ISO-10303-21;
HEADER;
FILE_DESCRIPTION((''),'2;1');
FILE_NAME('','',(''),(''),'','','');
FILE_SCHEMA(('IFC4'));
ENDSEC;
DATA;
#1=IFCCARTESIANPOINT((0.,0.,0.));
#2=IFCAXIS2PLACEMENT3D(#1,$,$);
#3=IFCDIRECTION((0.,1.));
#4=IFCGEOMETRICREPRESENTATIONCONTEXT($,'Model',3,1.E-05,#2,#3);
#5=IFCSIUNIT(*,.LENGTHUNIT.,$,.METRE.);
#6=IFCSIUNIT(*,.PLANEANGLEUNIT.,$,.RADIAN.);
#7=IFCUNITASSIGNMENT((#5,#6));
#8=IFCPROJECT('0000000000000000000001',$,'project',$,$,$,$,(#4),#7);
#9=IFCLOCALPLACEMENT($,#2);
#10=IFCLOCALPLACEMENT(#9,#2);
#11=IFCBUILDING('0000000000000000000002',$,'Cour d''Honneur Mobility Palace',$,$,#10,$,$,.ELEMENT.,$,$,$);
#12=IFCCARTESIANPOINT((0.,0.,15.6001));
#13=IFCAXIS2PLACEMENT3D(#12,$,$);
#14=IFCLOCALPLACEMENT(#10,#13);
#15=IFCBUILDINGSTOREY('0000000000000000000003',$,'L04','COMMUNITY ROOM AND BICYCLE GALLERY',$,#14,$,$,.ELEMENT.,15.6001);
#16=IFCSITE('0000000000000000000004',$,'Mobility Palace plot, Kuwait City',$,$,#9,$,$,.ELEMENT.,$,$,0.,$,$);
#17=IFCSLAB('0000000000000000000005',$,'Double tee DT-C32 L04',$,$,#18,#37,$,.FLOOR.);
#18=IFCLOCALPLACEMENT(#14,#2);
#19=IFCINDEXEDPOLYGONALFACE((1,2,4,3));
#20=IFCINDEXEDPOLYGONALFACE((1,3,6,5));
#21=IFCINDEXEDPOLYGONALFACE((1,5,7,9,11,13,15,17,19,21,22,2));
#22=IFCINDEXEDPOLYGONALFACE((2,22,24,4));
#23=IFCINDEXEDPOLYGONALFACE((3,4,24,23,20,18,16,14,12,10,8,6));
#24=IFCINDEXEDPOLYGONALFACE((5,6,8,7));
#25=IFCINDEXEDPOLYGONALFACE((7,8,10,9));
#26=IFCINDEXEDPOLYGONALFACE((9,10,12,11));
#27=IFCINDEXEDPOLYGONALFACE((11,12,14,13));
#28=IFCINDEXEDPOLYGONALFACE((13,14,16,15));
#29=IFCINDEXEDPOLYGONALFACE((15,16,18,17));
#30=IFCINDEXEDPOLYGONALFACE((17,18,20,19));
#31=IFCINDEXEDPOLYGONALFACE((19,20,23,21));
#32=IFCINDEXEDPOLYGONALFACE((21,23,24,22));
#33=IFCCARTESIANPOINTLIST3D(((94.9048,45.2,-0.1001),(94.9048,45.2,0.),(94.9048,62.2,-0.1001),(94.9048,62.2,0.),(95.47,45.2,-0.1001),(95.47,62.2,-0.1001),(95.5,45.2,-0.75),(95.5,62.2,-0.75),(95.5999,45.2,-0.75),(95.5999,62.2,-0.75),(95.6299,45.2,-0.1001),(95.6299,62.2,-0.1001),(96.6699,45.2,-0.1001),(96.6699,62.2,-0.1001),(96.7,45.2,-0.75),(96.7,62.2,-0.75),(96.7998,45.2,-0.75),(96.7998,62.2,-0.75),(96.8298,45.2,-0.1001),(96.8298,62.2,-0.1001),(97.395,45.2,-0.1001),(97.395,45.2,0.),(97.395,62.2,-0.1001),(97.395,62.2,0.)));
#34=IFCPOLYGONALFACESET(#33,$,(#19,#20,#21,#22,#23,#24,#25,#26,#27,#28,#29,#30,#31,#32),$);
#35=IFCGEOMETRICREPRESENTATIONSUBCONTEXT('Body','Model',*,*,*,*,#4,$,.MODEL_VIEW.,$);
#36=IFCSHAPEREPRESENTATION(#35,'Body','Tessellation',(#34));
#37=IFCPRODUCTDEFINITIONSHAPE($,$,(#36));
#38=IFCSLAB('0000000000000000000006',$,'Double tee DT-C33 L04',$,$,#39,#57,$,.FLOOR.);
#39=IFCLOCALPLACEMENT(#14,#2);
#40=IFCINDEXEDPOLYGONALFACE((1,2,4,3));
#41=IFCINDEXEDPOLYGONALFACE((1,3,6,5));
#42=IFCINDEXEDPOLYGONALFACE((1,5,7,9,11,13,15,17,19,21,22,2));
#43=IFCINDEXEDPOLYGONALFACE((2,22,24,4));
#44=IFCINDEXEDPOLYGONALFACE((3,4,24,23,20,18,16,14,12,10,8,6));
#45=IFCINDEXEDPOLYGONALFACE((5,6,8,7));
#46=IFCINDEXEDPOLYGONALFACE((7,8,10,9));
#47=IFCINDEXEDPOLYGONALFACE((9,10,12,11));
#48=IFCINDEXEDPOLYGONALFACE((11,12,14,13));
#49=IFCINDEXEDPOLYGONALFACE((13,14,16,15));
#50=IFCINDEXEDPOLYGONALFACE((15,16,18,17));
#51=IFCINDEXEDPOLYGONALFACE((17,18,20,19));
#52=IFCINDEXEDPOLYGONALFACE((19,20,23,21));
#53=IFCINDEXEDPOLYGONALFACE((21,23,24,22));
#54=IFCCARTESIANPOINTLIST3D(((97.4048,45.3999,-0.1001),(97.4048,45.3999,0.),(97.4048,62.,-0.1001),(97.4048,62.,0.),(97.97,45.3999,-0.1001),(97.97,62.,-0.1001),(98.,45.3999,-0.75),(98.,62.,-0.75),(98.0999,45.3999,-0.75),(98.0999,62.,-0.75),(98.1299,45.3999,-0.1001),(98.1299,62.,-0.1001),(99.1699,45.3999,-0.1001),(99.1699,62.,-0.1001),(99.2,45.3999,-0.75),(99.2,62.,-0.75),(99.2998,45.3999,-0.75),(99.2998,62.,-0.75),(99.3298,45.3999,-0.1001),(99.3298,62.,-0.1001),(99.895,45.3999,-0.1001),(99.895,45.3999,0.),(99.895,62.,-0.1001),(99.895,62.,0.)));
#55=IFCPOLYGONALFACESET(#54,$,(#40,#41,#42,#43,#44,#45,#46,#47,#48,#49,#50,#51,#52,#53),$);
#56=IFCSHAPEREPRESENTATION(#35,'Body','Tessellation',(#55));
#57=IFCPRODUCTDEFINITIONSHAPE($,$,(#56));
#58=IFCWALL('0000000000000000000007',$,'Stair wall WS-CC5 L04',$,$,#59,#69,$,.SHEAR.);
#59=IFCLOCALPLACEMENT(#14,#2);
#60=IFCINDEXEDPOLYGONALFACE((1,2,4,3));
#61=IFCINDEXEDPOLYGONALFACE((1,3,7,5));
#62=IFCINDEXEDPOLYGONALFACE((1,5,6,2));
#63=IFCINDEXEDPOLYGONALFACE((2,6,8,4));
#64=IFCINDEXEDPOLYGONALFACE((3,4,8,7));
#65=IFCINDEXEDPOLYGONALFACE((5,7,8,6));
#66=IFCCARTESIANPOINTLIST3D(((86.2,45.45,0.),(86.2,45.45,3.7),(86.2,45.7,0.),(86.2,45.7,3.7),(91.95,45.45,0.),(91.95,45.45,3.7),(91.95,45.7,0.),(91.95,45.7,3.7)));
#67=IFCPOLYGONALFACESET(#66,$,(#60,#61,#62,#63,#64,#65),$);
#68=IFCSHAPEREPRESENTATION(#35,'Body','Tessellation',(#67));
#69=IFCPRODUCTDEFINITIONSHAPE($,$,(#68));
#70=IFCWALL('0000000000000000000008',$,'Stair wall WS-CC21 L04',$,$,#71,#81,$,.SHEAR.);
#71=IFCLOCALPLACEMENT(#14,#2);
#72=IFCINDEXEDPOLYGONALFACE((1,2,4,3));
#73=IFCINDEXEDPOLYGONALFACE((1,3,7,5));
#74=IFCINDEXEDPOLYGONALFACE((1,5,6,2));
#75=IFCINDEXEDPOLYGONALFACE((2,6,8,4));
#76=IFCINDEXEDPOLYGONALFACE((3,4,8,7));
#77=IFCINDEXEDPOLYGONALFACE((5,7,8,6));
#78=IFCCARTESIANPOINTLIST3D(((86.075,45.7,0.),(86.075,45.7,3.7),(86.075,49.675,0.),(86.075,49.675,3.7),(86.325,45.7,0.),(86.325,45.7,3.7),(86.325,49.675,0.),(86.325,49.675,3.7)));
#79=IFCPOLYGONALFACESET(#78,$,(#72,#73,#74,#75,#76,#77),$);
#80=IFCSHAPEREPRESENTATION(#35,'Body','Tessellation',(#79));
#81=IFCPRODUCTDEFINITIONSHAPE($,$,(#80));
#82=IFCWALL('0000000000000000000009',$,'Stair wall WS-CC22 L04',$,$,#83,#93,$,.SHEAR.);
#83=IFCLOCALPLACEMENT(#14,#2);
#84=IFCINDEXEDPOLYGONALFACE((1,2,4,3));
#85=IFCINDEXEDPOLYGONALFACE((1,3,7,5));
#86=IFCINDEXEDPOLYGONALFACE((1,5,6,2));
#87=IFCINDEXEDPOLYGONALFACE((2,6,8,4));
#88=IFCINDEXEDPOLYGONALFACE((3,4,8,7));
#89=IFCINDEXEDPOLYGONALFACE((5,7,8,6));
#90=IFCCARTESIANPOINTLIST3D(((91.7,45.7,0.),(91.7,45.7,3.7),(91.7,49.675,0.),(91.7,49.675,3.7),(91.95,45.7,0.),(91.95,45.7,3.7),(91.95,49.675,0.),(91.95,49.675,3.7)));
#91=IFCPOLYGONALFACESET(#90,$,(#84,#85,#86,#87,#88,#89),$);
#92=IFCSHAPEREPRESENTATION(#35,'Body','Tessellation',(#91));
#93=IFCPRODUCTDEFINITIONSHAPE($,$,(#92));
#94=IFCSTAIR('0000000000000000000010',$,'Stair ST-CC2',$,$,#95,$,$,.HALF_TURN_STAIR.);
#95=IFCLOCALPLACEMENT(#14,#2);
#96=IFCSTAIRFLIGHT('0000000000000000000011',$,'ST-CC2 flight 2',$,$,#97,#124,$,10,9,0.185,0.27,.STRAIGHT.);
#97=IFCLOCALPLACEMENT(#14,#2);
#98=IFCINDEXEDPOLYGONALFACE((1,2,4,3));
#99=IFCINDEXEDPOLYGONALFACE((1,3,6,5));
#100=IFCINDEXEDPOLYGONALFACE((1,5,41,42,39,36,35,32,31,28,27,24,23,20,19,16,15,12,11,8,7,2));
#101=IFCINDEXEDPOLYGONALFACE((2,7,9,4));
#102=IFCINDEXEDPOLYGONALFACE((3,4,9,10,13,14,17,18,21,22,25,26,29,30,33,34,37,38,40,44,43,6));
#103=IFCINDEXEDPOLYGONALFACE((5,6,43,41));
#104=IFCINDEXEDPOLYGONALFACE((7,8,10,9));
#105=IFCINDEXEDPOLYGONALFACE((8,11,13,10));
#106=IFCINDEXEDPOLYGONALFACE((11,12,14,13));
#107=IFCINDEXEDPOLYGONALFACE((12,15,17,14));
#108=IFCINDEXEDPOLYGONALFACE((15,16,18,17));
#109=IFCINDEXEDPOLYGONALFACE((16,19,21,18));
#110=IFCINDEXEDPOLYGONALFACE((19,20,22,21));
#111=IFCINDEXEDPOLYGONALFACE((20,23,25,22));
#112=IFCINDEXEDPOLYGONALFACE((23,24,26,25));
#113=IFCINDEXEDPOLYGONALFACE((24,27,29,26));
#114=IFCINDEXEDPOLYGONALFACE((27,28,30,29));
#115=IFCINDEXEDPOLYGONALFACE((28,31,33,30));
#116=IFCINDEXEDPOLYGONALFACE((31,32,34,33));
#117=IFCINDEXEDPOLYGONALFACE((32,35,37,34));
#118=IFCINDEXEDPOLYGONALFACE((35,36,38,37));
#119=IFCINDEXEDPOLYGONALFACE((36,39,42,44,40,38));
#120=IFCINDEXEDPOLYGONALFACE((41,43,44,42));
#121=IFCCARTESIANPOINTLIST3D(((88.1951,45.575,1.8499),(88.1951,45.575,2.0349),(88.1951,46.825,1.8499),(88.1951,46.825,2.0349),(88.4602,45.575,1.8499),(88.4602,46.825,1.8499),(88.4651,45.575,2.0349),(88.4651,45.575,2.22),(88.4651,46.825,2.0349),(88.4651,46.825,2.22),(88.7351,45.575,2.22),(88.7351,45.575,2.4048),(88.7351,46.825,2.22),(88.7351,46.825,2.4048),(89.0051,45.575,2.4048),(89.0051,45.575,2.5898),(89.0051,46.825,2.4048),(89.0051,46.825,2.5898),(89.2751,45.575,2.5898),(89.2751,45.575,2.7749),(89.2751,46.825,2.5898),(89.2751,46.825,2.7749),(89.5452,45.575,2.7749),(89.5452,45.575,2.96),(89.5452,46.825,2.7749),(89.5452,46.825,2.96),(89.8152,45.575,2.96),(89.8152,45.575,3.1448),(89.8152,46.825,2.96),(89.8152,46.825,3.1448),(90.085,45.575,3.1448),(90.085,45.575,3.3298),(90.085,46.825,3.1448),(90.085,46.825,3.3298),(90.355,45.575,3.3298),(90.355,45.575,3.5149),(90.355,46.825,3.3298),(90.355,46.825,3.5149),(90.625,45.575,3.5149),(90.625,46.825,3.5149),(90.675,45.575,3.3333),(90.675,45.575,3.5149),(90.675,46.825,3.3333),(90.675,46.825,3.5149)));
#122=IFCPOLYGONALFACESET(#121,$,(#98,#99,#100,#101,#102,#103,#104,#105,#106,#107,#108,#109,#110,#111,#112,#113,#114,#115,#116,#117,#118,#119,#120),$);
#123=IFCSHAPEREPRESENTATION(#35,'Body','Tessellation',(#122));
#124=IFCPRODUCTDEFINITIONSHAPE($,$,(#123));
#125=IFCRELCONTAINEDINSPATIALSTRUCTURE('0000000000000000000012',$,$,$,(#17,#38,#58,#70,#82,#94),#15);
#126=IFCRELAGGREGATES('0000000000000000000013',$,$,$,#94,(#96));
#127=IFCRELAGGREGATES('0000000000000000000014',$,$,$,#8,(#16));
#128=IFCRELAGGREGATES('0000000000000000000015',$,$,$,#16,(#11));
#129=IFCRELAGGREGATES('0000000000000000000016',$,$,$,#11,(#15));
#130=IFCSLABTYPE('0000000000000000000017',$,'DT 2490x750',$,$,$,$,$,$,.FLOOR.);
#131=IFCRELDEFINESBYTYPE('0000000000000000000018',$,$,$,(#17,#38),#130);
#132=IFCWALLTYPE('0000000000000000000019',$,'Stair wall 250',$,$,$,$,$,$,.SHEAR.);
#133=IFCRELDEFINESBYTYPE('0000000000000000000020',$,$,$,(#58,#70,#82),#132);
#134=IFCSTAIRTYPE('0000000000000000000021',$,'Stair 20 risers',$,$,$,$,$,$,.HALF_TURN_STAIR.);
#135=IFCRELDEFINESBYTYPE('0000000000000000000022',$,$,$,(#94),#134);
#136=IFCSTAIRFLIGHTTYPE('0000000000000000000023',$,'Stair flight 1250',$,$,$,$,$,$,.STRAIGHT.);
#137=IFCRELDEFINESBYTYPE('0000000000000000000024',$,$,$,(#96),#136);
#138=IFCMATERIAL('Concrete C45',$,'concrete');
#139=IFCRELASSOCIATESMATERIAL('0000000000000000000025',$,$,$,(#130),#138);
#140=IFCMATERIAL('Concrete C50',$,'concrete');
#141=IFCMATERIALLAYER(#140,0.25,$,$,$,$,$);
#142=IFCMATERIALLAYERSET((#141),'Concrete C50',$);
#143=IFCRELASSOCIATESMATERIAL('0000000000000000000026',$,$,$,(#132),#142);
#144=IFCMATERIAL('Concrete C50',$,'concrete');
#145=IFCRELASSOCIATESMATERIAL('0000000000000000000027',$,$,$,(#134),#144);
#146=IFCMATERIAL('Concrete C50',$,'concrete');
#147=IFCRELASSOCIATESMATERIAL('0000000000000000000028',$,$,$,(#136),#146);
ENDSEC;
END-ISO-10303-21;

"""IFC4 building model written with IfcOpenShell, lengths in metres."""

from ifc_helpers import new_model, si_unit, direction, frame, frame_2d, origin, place, context, subcontext, project, spatial, polyline, rectangle, outline, extrude, material, layer, layer_set, material_profile, profile_set, type_object, element, aggregate, save


model = new_model("IFC4")

# Units and contexts
model_context = context("Model", 3, precision=1e-05, world=origin(), true_north=direction((0.0, 1.0)))
body_context = subcontext(model_context, "Body", "Model", "MODEL_VIEW")
ifc_project = project(units=[si_unit("LENGTHUNIT", "METRE"), si_unit("PLANEANGLEUNIT", "RADIAN")], contexts=[model_context])

# Site, building, storey
site_placement = place(None, origin())
site = spatial("IfcSite", under=ifc_project, at=site_placement, Name="Mobility Palace plot, Kuwait City", CompositionType="ELEMENT", RefElevation=0.0)
building_placement = place(site_placement, origin())
building = spatial("IfcBuilding", under=site, at=building_placement, Name="Cour d'Honneur Mobility Palace", CompositionType="ELEMENT")
storey_placement = place(building_placement, frame((0.0, 0.0, 15.6001)))
storey = spatial("IfcBuildingStorey", under=building, at=storey_placement, Name="L04", Description="COMMUNITY ROOM AND BICYCLE GALLERY", CompositionType="ELEMENT", Elevation=15.6001)

# Slabs
ifc_material_1 = material(Name="Concrete C45", Category="concrete")
ifc_material_profile_1 = material_profile(ifc_material_1, outline(polyline([(-1.2451, 0.0), (1.2451, 0.0), (1.2451, -0.1001), (0.6799, -0.1001), (0.6499, -0.75), (0.55, -0.75), (0.52, -0.1001), (-0.52, -0.1001), (-0.55, -0.75), (-0.6499, -0.75), (-0.6799, -0.1001), (-1.2451, -0.1001), (-1.2451, 0.0)])), Name="DT 2490x750")
ifc_profile_set_1 = profile_set([ifc_material_profile_1], Name="Concrete C45")
slab_type = type_object("IfcSlabType", Name="DT 2490x750", PredefinedType="FLOOR", material=ifc_profile_set_1)
slab_1_placement = place(storey_placement, frame((96.1499, 45.2, 0.0), z_axis=(0.0, 1.0, 0.0), x_axis=(-1.0, 0.0, 0.0)))
element("IfcSlab", 1, at=slab_1_placement, inside=storey, type_object=slab_type, Name="Double tee DT-C32 L04", PredefinedType="FLOOR", context=body_context, shape_type="SweptSolid", body=[
    extrude(outline(polyline([(-1.2451, 0.0), (1.2451, 0.0), (1.2451, -0.1001), (0.6799, -0.1001), (0.6499, -0.75), (0.55, -0.75), (0.52, -0.1001), (-0.52, -0.1001), (-0.55, -0.75), (-0.6499, -0.75), (-0.6799, -0.1001), (-1.2451, -0.1001), (-1.2451, 0.0)])), origin(), (0.0, 0.0, 1.0), 17.0),
])
slab_2_placement = place(storey_placement, frame((98.6499, 45.3999, 0.0), z_axis=(0.0, 1.0, 0.0), x_axis=(-1.0, 0.0, 0.0)))
element("IfcSlab", 2, at=slab_2_placement, inside=storey, type_object=slab_type, Name="Double tee DT-C33 L04", PredefinedType="FLOOR", context=body_context, shape_type="SweptSolid", body=[
    extrude(outline(polyline([(-1.2451, 0.0), (1.2451, 0.0), (1.2451, -0.1001), (0.6799, -0.1001), (0.6499, -0.75), (0.55, -0.75), (0.52, -0.1001), (-0.52, -0.1001), (-0.55, -0.75), (-0.6499, -0.75), (-0.6799, -0.1001), (-1.2451, -0.1001), (-1.2451, 0.0)])), origin(), (0.0, 0.0, 1.0), 16.6001),
])

# Walls
ifc_material_2 = material(Name="Concrete C50", Category="concrete")
ifc_layer_1 = layer(ifc_material_2, 0.25)
ifc_layer_set_1 = layer_set([ifc_layer_1], Name="Concrete C50")
wall_type = type_object("IfcWallType", Name="Stair wall 250", PredefinedType="SHEAR", material=ifc_layer_set_1)
wall_placement = place(storey_placement, frame((86.2, 45.575, 0.0), z_axis=(0.0, 0.0, 1.0), x_axis=(1.0, 0.0, 0.0)))
element("IfcWall", 3, at=wall_placement, inside=storey, type_object=wall_type, Name="Stair wall WS-CC5 L04", PredefinedType="SHEAR", context=body_context, shape_type="SweptSolid", body=[
    extrude(rectangle(XDim=5.75, YDim=0.25, at=frame_2d((2.875, 0.0))), origin(), (0.0, 0.0, 1.0), 3.7),
])
for number, where, z_axis, x_axis, name in (
    (4, (86.2, 45.7, 0.0), (0.0, 0.0, 1.0), (0.0, 1.0, 0.0), "Stair wall WS-CC21 L04"),
    (5, (91.825, 45.7, 0.0), (0.0, 0.0, 1.0), (0.0, 1.0, 0.0), "Stair wall WS-CC22 L04"),
):
    element("IfcWall", number, at=place(storey_placement, frame(where, z_axis=z_axis, x_axis=x_axis)), inside=storey, type_object=wall_type, Name=name, PredefinedType="SHEAR", context=body_context, shape_type="SweptSolid", body=[
        extrude(rectangle(XDim=3.9751, YDim=0.25, at=frame_2d((1.9875, 0.0))), origin(), (0.0, 0.0, 1.0), 3.7),
    ])

# Stair, stair flight
ifc_material_3 = material(Name="Concrete C50", Category="concrete")
stair_type = type_object("IfcStairType", Name="Stair 20 risers", PredefinedType="HALF_TURN_STAIR", material=ifc_material_3)
stair_placement = place(storey_placement, origin())
stair = element("IfcStair", 6, at=stair_placement, inside=storey, type_object=stair_type, Name="Stair ST-CC2", PredefinedType="HALF_TURN_STAIR")
ifc_material_4 = material(Name="Concrete C50", Category="concrete")
stair_flight_type = type_object("IfcStairFlightType", Name="Stair flight 1250", PredefinedType="STRAIGHT", material=ifc_material_4)
stair_flight_placement = place(storey_placement, frame((88.1951, 46.2, 1.8499), z_axis=(0.0, 0.0, 1.0), x_axis=(1.0, 0.0, 0.0)))
stair_flight = element("IfcStairFlight", 7, at=stair_flight_placement, type_object=stair_flight_type, Name="ST-CC2 flight 2", NumberOfRisers=10, NumberOfTreads=9, PredefinedType="STRAIGHT", RiserHeight=0.185, TreadLength=0.27, context=body_context, shape_type="SweptSolid", body=[
    extrude(outline(polyline([(0.0, 0.0), (0.0, 0.1851), (0.27, 0.1851), (0.27, 0.3701), (0.54, 0.3701), (0.54, 0.5549), (0.8101, 0.5549), (0.8101, 0.74), (1.0801, 0.74), (1.0801, 0.925), (1.3501, 0.925), (1.3501, 1.1101), (1.6201, 1.1101), (1.6201, 1.2949), (1.8899, 1.2949), (1.8899, 1.48), (2.1599, 1.48), (2.1599, 1.665), (2.4299, 1.665), (2.48, 1.665), (2.48, 1.4834), (0.2651, 0.0), (0.0, 0.0)])), frame((0.0, 0.625, 0.0), z_axis=(0.0, -1.0, 0.0), x_axis=(1.0, 0.0, 0.0)), (0.0, 0.0, 1.0), 1.25),
])
aggregate(stair, [stair_flight])

save(model, "model.ifc")
